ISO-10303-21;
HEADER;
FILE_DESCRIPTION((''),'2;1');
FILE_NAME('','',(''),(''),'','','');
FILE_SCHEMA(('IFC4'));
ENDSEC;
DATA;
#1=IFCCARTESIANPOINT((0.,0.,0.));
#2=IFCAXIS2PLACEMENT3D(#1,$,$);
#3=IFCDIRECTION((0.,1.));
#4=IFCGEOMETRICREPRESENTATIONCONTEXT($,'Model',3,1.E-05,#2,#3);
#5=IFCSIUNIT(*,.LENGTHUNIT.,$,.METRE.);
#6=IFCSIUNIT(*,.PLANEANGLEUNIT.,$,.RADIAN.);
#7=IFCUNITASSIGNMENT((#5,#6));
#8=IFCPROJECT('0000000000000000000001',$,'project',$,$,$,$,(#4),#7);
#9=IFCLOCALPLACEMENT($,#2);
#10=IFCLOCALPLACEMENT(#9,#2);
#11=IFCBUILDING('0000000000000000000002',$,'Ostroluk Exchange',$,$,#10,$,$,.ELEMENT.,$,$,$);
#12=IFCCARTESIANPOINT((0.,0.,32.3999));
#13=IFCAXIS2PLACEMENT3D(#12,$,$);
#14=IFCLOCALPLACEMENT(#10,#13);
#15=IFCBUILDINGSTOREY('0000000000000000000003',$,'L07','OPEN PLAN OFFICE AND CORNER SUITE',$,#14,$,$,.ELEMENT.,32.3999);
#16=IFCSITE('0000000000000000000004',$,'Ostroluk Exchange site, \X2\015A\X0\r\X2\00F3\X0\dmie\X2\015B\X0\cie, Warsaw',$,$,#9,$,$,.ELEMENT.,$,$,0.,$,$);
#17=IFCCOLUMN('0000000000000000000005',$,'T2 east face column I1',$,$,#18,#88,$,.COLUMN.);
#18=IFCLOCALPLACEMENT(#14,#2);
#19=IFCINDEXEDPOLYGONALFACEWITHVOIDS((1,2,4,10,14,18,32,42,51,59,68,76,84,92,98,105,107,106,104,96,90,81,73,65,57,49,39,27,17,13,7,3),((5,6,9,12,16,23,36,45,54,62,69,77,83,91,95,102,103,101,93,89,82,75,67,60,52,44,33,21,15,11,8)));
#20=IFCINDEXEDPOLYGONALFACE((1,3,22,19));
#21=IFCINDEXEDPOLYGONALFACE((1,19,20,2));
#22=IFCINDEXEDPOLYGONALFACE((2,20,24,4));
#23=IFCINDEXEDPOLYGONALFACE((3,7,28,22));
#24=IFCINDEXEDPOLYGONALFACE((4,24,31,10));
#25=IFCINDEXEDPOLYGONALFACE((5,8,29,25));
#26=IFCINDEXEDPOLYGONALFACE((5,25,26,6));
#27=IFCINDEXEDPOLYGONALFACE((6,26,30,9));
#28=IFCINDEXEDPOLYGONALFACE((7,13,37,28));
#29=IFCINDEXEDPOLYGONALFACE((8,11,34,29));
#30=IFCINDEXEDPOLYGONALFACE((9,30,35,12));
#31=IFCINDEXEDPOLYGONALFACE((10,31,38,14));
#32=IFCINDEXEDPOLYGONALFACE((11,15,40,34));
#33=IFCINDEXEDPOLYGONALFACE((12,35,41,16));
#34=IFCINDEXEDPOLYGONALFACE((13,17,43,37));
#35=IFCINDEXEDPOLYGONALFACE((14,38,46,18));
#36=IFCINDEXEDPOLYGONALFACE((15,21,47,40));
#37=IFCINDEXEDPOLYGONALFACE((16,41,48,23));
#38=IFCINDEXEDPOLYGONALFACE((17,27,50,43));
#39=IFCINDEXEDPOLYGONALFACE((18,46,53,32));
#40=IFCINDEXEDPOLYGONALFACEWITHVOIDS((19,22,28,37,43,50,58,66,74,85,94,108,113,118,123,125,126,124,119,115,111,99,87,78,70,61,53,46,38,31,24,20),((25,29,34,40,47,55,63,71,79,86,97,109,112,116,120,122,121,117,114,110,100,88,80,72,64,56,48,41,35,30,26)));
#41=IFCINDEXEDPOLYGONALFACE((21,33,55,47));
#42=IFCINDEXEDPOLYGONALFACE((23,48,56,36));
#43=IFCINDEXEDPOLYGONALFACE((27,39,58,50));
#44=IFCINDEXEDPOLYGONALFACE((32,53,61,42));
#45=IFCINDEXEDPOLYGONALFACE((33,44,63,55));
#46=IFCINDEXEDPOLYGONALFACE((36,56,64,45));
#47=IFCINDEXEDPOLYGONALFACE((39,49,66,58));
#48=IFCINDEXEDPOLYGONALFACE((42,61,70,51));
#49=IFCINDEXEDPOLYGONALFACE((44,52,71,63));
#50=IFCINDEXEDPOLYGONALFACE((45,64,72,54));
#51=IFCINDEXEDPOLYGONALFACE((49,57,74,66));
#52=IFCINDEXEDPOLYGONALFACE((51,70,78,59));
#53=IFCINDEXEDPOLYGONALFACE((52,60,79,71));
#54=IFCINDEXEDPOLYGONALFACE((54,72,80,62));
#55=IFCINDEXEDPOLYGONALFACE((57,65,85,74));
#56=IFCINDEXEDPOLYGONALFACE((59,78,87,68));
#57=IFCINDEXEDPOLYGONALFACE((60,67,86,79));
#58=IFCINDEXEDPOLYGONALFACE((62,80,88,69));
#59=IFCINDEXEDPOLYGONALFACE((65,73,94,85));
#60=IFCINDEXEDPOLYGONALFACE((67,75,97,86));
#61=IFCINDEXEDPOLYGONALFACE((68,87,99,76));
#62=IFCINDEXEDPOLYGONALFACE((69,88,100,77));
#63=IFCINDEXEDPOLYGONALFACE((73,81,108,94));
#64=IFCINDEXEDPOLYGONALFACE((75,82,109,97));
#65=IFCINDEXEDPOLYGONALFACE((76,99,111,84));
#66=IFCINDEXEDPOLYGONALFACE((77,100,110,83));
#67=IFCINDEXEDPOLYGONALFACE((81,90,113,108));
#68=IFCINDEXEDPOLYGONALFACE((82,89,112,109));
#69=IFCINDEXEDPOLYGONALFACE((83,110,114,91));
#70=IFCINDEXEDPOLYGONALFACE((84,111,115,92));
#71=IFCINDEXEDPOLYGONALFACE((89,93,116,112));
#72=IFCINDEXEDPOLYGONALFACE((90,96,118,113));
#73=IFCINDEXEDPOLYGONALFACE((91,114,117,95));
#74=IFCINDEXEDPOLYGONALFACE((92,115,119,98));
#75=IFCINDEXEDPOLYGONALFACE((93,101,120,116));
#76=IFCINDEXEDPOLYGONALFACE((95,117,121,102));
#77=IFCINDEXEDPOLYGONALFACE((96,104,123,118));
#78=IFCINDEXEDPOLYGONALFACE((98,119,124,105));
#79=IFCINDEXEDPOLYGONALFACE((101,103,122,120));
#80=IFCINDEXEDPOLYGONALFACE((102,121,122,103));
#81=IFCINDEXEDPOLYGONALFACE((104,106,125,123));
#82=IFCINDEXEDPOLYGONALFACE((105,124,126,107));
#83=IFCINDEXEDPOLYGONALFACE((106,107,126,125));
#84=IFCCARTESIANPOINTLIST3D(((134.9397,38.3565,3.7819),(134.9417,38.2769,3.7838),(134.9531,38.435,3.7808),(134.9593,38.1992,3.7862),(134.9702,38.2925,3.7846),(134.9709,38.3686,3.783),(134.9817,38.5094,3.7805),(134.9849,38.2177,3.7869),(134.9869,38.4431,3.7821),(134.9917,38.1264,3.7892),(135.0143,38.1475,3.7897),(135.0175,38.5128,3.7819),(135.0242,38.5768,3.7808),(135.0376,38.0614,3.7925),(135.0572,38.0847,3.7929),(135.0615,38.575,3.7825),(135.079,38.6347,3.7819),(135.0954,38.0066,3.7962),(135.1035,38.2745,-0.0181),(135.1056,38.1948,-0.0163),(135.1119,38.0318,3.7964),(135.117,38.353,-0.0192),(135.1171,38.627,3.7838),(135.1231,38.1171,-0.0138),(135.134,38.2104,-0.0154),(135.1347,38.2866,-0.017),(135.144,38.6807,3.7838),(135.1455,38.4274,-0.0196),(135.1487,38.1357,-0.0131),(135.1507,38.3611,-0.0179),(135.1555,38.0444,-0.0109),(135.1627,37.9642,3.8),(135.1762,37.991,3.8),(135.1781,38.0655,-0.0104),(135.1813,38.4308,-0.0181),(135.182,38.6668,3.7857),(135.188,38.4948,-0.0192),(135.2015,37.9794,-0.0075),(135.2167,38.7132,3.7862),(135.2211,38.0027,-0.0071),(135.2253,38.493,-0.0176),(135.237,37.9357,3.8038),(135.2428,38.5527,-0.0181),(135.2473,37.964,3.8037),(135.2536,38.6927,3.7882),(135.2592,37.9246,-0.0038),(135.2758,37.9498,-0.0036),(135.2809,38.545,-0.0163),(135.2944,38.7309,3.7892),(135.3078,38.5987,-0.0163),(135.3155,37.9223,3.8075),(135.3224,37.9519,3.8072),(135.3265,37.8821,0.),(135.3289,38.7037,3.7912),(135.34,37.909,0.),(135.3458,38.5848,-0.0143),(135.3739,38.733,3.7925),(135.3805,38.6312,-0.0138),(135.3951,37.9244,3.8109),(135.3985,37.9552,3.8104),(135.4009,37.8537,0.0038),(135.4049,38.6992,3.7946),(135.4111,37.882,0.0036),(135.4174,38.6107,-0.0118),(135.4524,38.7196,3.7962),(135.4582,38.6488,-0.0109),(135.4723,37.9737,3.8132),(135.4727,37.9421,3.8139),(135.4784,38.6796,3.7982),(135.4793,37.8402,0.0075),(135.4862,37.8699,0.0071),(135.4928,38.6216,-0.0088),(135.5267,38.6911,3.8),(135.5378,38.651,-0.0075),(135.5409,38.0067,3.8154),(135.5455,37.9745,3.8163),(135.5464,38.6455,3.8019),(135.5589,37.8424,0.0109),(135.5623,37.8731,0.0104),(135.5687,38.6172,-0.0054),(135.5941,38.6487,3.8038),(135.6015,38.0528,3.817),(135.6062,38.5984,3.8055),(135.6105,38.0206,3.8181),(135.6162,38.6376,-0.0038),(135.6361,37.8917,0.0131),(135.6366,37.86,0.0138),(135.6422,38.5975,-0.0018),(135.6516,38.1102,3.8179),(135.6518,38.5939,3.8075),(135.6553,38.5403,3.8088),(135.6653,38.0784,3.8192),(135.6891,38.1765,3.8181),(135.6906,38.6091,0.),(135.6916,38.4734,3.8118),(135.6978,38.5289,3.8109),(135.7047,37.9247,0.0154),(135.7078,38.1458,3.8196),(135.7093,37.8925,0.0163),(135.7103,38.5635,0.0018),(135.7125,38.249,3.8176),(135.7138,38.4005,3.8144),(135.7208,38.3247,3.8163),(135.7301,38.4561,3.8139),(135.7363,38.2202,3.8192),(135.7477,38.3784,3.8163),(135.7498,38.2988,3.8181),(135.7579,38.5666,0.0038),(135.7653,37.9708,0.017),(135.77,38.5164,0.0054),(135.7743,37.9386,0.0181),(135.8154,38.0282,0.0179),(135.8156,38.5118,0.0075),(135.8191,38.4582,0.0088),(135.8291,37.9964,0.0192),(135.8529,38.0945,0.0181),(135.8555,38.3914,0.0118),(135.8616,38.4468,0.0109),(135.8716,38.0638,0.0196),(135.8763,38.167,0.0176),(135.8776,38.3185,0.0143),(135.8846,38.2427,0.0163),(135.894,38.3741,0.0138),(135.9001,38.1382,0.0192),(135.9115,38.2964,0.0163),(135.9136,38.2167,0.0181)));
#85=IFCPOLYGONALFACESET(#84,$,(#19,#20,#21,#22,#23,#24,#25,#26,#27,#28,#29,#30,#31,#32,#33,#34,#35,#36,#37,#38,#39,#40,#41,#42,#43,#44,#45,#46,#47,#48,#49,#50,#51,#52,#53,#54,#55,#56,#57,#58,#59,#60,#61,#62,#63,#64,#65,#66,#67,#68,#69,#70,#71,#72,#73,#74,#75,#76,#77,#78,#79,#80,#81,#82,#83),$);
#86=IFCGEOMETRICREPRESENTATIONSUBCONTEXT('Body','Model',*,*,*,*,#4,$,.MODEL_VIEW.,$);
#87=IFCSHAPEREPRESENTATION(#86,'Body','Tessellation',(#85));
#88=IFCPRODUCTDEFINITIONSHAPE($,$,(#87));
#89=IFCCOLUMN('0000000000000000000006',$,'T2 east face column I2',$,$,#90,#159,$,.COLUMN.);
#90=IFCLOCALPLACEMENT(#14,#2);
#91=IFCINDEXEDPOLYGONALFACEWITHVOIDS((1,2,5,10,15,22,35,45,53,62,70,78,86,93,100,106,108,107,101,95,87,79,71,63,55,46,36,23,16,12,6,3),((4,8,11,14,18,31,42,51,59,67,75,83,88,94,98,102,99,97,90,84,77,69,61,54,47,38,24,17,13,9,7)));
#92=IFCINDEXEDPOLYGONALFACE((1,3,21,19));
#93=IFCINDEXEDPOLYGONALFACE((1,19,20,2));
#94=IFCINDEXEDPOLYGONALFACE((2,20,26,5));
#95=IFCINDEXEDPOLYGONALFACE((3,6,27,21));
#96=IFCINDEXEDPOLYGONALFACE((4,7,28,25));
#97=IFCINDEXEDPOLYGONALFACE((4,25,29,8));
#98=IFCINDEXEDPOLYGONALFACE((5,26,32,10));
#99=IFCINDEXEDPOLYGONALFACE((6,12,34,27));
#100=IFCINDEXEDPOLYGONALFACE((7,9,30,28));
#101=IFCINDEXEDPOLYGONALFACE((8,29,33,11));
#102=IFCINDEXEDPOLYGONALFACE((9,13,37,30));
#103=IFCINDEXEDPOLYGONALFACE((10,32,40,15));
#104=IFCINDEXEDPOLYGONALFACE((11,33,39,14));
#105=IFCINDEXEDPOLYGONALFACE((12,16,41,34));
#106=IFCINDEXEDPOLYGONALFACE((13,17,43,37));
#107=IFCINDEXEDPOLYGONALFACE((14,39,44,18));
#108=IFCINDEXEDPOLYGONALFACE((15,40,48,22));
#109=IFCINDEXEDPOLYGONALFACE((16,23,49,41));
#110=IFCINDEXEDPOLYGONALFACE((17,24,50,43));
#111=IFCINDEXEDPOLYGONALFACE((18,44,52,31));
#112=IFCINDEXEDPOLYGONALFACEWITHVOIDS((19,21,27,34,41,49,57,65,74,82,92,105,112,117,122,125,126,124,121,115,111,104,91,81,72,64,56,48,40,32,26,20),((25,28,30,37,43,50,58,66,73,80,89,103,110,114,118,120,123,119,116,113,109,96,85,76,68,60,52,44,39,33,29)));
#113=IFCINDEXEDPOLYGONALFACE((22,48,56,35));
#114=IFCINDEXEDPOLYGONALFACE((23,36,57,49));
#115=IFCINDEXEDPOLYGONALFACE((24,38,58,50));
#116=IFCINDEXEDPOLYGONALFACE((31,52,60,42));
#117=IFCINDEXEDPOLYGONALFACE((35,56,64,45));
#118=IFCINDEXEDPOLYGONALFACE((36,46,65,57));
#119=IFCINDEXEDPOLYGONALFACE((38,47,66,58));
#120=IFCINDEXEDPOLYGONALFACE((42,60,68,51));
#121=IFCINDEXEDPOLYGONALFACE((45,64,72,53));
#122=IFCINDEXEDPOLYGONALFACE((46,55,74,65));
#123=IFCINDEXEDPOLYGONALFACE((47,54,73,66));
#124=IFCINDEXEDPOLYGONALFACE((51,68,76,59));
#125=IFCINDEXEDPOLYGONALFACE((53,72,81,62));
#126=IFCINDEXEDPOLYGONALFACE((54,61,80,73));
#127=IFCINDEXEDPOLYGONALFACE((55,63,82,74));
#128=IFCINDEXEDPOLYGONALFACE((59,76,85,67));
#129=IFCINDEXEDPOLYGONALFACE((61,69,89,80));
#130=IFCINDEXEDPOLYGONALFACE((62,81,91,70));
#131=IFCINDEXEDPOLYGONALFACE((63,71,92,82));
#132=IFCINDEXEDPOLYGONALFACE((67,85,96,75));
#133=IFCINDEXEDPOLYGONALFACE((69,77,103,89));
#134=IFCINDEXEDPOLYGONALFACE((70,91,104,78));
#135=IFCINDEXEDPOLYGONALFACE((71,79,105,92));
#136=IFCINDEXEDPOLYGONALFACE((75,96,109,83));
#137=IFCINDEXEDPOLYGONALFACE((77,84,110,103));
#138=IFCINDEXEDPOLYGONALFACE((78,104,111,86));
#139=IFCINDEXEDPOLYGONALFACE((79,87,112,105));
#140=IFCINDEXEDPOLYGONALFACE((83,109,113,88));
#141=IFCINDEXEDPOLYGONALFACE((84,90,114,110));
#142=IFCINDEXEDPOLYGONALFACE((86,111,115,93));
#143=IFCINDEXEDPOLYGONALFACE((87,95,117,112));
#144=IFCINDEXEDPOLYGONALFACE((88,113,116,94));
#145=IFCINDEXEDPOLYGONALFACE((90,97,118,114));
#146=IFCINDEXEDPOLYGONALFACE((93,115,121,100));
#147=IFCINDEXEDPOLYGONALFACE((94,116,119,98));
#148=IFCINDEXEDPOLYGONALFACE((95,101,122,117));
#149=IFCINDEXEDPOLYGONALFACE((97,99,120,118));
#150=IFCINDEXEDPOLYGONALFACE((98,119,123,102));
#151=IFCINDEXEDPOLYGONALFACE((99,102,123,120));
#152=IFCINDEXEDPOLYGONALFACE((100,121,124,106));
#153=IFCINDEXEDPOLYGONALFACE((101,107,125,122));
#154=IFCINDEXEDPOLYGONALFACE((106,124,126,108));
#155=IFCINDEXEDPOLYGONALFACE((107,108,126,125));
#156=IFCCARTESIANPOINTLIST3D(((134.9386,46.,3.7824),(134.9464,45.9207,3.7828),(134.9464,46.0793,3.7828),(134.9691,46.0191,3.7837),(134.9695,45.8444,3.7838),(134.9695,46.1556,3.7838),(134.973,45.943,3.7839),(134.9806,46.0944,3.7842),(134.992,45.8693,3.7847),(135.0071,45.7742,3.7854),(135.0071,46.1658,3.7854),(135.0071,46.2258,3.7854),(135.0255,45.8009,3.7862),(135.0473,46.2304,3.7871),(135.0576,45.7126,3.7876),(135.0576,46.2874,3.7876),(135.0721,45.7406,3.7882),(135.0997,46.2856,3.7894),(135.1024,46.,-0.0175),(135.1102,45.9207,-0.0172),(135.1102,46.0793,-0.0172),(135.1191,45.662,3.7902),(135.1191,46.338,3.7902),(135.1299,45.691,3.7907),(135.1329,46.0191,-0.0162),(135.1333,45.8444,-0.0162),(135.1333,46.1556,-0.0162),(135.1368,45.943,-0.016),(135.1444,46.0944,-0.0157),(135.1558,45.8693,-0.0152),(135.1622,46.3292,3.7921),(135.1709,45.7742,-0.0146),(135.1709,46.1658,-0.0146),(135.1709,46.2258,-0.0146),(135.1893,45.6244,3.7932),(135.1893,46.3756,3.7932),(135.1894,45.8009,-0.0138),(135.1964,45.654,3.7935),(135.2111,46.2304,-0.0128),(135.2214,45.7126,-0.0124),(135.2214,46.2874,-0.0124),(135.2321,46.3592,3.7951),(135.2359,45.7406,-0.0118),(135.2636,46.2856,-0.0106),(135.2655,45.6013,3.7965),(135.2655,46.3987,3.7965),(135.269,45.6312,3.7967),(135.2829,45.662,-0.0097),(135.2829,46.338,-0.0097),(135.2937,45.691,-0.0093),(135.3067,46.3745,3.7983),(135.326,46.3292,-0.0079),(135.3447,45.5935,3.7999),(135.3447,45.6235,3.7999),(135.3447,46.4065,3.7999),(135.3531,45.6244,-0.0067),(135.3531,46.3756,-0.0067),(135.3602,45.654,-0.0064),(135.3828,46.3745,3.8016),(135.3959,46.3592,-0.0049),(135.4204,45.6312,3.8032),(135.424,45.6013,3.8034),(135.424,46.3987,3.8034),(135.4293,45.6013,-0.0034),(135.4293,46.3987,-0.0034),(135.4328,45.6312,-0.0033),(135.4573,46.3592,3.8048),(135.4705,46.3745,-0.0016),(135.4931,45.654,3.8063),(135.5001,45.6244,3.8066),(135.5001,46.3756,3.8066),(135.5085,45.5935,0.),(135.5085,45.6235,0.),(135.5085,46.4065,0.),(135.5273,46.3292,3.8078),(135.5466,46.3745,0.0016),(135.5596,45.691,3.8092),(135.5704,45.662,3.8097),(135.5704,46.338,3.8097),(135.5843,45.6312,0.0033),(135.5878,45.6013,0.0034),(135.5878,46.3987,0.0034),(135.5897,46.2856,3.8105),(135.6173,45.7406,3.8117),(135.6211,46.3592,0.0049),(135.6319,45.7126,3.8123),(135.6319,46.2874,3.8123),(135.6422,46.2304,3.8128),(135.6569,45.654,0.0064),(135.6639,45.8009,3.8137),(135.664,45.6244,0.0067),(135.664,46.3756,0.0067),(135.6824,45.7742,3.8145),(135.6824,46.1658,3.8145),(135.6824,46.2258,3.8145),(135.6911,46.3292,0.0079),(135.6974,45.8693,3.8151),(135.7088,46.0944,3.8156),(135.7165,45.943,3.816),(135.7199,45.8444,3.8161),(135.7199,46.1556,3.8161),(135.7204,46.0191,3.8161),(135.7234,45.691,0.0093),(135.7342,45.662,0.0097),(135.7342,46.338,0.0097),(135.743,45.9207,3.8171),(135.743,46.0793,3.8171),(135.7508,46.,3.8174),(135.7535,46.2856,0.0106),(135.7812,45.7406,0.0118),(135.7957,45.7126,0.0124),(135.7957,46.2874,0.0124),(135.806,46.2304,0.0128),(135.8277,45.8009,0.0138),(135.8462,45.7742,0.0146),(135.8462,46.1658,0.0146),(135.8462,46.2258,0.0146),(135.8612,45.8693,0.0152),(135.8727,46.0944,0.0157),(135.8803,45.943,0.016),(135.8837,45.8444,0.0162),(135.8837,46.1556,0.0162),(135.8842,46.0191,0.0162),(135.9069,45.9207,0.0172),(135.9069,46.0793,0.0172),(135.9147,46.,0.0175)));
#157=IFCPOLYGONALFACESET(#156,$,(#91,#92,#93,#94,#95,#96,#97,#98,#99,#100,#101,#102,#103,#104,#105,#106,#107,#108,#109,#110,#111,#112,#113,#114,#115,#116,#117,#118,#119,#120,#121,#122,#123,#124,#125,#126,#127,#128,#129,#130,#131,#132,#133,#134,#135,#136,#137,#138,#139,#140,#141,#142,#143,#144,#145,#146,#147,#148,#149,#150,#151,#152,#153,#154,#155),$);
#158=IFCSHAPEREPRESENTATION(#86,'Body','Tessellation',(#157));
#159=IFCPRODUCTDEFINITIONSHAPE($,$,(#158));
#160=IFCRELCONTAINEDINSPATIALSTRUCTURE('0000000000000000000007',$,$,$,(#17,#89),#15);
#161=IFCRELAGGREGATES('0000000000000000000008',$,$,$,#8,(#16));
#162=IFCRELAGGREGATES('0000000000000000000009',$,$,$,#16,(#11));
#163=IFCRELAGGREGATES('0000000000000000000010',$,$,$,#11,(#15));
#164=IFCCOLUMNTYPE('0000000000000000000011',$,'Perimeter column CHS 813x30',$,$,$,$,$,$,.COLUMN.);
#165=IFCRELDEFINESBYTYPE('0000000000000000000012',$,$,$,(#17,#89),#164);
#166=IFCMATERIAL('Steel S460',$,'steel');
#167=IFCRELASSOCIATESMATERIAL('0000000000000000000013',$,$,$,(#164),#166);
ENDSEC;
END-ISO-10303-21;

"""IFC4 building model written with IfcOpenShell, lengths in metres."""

from ifc_helpers import new_model, si_unit, direction, frame, origin, origin_2d, place, context, subcontext, project, spatial, hollow_circle, extrude, material, material_profile, profile_set, type_object, element, save


model = new_model("IFC4")

# Units and contexts
model_context = context("Model", 3, precision=1e-05, world=origin(), true_north=direction((0.0, 1.0)))
body_context = subcontext(model_context, "Body", "Model", "MODEL_VIEW")
ifc_project = project(units=[si_unit("LENGTHUNIT", "METRE"), si_unit("PLANEANGLEUNIT", "RADIAN")], contexts=[model_context])

# Site, building, storey
site_placement = place(None, origin())
site = spatial("IfcSite", under=ifc_project, at=site_placement, Name="Ostroluk Exchange site, Śródmieście, Warsaw", CompositionType="ELEMENT", RefElevation=0.0)
building_placement = place(site_placement, origin())
building = spatial("IfcBuilding", under=site, at=building_placement, Name="Ostroluk Exchange", CompositionType="ELEMENT")
storey_placement = place(building_placement, frame((0.0, 0.0, 32.3999)))
storey = spatial("IfcBuildingStorey", under=building, at=storey_placement, Name="L07", Description="OPEN PLAN OFFICE AND CORNER SUITE", CompositionType="ELEMENT", Elevation=32.3999)

# Columns
ifc_material_1 = material(Name="Steel S460", Category="steel")
ifc_material_profile_1 = material_profile(ifc_material_1, hollow_circle(Radius=0.4065, WallThickness=0.03, at=origin_2d()), Name="CHS 813x30")
ifc_profile_set_1 = profile_set([ifc_material_profile_1], Name="Steel S460")
column_type = type_object("IfcColumnType", Name="Perimeter column CHS 813x30", PredefinedType="COLUMN", material=ifc_profile_set_1)
column_1_placement = place(storey_placement, frame((135.5085, 38.2456, 0.0), z_axis=(-0.04306, 0.021562, 0.99884), x_axis=(-0.447747, -0.894161, 0.0)))
element("IfcColumn", 1, at=column_1_placement, inside=storey, type_object=column_type, Name="T2 east face column I1", PredefinedType="COLUMN", context=body_context, shape_type="SweptSolid", body=[
    extrude(hollow_circle(Radius=0.4065, WallThickness=0.03, at=origin_2d()), origin(), (0.0, 0.0, 1.0), 3.8044),
])
column_2_placement = place(storey_placement, frame((135.5085, 46.0, 0.0), z_axis=(-0.04307, 0.0, 0.999072), x_axis=(0.0, -1.0, 0.0)))
element("IfcColumn", 2, at=column_2_placement, inside=storey, type_object=column_type, Name="T2 east face column I2", PredefinedType="COLUMN", context=body_context, shape_type="SweptSolid", body=[
    extrude(hollow_circle(Radius=0.4065, WallThickness=0.03, at=origin_2d()), origin(), (0.0, 0.0, 1.0), 3.8035),
])

save(model, "model.ifc")
